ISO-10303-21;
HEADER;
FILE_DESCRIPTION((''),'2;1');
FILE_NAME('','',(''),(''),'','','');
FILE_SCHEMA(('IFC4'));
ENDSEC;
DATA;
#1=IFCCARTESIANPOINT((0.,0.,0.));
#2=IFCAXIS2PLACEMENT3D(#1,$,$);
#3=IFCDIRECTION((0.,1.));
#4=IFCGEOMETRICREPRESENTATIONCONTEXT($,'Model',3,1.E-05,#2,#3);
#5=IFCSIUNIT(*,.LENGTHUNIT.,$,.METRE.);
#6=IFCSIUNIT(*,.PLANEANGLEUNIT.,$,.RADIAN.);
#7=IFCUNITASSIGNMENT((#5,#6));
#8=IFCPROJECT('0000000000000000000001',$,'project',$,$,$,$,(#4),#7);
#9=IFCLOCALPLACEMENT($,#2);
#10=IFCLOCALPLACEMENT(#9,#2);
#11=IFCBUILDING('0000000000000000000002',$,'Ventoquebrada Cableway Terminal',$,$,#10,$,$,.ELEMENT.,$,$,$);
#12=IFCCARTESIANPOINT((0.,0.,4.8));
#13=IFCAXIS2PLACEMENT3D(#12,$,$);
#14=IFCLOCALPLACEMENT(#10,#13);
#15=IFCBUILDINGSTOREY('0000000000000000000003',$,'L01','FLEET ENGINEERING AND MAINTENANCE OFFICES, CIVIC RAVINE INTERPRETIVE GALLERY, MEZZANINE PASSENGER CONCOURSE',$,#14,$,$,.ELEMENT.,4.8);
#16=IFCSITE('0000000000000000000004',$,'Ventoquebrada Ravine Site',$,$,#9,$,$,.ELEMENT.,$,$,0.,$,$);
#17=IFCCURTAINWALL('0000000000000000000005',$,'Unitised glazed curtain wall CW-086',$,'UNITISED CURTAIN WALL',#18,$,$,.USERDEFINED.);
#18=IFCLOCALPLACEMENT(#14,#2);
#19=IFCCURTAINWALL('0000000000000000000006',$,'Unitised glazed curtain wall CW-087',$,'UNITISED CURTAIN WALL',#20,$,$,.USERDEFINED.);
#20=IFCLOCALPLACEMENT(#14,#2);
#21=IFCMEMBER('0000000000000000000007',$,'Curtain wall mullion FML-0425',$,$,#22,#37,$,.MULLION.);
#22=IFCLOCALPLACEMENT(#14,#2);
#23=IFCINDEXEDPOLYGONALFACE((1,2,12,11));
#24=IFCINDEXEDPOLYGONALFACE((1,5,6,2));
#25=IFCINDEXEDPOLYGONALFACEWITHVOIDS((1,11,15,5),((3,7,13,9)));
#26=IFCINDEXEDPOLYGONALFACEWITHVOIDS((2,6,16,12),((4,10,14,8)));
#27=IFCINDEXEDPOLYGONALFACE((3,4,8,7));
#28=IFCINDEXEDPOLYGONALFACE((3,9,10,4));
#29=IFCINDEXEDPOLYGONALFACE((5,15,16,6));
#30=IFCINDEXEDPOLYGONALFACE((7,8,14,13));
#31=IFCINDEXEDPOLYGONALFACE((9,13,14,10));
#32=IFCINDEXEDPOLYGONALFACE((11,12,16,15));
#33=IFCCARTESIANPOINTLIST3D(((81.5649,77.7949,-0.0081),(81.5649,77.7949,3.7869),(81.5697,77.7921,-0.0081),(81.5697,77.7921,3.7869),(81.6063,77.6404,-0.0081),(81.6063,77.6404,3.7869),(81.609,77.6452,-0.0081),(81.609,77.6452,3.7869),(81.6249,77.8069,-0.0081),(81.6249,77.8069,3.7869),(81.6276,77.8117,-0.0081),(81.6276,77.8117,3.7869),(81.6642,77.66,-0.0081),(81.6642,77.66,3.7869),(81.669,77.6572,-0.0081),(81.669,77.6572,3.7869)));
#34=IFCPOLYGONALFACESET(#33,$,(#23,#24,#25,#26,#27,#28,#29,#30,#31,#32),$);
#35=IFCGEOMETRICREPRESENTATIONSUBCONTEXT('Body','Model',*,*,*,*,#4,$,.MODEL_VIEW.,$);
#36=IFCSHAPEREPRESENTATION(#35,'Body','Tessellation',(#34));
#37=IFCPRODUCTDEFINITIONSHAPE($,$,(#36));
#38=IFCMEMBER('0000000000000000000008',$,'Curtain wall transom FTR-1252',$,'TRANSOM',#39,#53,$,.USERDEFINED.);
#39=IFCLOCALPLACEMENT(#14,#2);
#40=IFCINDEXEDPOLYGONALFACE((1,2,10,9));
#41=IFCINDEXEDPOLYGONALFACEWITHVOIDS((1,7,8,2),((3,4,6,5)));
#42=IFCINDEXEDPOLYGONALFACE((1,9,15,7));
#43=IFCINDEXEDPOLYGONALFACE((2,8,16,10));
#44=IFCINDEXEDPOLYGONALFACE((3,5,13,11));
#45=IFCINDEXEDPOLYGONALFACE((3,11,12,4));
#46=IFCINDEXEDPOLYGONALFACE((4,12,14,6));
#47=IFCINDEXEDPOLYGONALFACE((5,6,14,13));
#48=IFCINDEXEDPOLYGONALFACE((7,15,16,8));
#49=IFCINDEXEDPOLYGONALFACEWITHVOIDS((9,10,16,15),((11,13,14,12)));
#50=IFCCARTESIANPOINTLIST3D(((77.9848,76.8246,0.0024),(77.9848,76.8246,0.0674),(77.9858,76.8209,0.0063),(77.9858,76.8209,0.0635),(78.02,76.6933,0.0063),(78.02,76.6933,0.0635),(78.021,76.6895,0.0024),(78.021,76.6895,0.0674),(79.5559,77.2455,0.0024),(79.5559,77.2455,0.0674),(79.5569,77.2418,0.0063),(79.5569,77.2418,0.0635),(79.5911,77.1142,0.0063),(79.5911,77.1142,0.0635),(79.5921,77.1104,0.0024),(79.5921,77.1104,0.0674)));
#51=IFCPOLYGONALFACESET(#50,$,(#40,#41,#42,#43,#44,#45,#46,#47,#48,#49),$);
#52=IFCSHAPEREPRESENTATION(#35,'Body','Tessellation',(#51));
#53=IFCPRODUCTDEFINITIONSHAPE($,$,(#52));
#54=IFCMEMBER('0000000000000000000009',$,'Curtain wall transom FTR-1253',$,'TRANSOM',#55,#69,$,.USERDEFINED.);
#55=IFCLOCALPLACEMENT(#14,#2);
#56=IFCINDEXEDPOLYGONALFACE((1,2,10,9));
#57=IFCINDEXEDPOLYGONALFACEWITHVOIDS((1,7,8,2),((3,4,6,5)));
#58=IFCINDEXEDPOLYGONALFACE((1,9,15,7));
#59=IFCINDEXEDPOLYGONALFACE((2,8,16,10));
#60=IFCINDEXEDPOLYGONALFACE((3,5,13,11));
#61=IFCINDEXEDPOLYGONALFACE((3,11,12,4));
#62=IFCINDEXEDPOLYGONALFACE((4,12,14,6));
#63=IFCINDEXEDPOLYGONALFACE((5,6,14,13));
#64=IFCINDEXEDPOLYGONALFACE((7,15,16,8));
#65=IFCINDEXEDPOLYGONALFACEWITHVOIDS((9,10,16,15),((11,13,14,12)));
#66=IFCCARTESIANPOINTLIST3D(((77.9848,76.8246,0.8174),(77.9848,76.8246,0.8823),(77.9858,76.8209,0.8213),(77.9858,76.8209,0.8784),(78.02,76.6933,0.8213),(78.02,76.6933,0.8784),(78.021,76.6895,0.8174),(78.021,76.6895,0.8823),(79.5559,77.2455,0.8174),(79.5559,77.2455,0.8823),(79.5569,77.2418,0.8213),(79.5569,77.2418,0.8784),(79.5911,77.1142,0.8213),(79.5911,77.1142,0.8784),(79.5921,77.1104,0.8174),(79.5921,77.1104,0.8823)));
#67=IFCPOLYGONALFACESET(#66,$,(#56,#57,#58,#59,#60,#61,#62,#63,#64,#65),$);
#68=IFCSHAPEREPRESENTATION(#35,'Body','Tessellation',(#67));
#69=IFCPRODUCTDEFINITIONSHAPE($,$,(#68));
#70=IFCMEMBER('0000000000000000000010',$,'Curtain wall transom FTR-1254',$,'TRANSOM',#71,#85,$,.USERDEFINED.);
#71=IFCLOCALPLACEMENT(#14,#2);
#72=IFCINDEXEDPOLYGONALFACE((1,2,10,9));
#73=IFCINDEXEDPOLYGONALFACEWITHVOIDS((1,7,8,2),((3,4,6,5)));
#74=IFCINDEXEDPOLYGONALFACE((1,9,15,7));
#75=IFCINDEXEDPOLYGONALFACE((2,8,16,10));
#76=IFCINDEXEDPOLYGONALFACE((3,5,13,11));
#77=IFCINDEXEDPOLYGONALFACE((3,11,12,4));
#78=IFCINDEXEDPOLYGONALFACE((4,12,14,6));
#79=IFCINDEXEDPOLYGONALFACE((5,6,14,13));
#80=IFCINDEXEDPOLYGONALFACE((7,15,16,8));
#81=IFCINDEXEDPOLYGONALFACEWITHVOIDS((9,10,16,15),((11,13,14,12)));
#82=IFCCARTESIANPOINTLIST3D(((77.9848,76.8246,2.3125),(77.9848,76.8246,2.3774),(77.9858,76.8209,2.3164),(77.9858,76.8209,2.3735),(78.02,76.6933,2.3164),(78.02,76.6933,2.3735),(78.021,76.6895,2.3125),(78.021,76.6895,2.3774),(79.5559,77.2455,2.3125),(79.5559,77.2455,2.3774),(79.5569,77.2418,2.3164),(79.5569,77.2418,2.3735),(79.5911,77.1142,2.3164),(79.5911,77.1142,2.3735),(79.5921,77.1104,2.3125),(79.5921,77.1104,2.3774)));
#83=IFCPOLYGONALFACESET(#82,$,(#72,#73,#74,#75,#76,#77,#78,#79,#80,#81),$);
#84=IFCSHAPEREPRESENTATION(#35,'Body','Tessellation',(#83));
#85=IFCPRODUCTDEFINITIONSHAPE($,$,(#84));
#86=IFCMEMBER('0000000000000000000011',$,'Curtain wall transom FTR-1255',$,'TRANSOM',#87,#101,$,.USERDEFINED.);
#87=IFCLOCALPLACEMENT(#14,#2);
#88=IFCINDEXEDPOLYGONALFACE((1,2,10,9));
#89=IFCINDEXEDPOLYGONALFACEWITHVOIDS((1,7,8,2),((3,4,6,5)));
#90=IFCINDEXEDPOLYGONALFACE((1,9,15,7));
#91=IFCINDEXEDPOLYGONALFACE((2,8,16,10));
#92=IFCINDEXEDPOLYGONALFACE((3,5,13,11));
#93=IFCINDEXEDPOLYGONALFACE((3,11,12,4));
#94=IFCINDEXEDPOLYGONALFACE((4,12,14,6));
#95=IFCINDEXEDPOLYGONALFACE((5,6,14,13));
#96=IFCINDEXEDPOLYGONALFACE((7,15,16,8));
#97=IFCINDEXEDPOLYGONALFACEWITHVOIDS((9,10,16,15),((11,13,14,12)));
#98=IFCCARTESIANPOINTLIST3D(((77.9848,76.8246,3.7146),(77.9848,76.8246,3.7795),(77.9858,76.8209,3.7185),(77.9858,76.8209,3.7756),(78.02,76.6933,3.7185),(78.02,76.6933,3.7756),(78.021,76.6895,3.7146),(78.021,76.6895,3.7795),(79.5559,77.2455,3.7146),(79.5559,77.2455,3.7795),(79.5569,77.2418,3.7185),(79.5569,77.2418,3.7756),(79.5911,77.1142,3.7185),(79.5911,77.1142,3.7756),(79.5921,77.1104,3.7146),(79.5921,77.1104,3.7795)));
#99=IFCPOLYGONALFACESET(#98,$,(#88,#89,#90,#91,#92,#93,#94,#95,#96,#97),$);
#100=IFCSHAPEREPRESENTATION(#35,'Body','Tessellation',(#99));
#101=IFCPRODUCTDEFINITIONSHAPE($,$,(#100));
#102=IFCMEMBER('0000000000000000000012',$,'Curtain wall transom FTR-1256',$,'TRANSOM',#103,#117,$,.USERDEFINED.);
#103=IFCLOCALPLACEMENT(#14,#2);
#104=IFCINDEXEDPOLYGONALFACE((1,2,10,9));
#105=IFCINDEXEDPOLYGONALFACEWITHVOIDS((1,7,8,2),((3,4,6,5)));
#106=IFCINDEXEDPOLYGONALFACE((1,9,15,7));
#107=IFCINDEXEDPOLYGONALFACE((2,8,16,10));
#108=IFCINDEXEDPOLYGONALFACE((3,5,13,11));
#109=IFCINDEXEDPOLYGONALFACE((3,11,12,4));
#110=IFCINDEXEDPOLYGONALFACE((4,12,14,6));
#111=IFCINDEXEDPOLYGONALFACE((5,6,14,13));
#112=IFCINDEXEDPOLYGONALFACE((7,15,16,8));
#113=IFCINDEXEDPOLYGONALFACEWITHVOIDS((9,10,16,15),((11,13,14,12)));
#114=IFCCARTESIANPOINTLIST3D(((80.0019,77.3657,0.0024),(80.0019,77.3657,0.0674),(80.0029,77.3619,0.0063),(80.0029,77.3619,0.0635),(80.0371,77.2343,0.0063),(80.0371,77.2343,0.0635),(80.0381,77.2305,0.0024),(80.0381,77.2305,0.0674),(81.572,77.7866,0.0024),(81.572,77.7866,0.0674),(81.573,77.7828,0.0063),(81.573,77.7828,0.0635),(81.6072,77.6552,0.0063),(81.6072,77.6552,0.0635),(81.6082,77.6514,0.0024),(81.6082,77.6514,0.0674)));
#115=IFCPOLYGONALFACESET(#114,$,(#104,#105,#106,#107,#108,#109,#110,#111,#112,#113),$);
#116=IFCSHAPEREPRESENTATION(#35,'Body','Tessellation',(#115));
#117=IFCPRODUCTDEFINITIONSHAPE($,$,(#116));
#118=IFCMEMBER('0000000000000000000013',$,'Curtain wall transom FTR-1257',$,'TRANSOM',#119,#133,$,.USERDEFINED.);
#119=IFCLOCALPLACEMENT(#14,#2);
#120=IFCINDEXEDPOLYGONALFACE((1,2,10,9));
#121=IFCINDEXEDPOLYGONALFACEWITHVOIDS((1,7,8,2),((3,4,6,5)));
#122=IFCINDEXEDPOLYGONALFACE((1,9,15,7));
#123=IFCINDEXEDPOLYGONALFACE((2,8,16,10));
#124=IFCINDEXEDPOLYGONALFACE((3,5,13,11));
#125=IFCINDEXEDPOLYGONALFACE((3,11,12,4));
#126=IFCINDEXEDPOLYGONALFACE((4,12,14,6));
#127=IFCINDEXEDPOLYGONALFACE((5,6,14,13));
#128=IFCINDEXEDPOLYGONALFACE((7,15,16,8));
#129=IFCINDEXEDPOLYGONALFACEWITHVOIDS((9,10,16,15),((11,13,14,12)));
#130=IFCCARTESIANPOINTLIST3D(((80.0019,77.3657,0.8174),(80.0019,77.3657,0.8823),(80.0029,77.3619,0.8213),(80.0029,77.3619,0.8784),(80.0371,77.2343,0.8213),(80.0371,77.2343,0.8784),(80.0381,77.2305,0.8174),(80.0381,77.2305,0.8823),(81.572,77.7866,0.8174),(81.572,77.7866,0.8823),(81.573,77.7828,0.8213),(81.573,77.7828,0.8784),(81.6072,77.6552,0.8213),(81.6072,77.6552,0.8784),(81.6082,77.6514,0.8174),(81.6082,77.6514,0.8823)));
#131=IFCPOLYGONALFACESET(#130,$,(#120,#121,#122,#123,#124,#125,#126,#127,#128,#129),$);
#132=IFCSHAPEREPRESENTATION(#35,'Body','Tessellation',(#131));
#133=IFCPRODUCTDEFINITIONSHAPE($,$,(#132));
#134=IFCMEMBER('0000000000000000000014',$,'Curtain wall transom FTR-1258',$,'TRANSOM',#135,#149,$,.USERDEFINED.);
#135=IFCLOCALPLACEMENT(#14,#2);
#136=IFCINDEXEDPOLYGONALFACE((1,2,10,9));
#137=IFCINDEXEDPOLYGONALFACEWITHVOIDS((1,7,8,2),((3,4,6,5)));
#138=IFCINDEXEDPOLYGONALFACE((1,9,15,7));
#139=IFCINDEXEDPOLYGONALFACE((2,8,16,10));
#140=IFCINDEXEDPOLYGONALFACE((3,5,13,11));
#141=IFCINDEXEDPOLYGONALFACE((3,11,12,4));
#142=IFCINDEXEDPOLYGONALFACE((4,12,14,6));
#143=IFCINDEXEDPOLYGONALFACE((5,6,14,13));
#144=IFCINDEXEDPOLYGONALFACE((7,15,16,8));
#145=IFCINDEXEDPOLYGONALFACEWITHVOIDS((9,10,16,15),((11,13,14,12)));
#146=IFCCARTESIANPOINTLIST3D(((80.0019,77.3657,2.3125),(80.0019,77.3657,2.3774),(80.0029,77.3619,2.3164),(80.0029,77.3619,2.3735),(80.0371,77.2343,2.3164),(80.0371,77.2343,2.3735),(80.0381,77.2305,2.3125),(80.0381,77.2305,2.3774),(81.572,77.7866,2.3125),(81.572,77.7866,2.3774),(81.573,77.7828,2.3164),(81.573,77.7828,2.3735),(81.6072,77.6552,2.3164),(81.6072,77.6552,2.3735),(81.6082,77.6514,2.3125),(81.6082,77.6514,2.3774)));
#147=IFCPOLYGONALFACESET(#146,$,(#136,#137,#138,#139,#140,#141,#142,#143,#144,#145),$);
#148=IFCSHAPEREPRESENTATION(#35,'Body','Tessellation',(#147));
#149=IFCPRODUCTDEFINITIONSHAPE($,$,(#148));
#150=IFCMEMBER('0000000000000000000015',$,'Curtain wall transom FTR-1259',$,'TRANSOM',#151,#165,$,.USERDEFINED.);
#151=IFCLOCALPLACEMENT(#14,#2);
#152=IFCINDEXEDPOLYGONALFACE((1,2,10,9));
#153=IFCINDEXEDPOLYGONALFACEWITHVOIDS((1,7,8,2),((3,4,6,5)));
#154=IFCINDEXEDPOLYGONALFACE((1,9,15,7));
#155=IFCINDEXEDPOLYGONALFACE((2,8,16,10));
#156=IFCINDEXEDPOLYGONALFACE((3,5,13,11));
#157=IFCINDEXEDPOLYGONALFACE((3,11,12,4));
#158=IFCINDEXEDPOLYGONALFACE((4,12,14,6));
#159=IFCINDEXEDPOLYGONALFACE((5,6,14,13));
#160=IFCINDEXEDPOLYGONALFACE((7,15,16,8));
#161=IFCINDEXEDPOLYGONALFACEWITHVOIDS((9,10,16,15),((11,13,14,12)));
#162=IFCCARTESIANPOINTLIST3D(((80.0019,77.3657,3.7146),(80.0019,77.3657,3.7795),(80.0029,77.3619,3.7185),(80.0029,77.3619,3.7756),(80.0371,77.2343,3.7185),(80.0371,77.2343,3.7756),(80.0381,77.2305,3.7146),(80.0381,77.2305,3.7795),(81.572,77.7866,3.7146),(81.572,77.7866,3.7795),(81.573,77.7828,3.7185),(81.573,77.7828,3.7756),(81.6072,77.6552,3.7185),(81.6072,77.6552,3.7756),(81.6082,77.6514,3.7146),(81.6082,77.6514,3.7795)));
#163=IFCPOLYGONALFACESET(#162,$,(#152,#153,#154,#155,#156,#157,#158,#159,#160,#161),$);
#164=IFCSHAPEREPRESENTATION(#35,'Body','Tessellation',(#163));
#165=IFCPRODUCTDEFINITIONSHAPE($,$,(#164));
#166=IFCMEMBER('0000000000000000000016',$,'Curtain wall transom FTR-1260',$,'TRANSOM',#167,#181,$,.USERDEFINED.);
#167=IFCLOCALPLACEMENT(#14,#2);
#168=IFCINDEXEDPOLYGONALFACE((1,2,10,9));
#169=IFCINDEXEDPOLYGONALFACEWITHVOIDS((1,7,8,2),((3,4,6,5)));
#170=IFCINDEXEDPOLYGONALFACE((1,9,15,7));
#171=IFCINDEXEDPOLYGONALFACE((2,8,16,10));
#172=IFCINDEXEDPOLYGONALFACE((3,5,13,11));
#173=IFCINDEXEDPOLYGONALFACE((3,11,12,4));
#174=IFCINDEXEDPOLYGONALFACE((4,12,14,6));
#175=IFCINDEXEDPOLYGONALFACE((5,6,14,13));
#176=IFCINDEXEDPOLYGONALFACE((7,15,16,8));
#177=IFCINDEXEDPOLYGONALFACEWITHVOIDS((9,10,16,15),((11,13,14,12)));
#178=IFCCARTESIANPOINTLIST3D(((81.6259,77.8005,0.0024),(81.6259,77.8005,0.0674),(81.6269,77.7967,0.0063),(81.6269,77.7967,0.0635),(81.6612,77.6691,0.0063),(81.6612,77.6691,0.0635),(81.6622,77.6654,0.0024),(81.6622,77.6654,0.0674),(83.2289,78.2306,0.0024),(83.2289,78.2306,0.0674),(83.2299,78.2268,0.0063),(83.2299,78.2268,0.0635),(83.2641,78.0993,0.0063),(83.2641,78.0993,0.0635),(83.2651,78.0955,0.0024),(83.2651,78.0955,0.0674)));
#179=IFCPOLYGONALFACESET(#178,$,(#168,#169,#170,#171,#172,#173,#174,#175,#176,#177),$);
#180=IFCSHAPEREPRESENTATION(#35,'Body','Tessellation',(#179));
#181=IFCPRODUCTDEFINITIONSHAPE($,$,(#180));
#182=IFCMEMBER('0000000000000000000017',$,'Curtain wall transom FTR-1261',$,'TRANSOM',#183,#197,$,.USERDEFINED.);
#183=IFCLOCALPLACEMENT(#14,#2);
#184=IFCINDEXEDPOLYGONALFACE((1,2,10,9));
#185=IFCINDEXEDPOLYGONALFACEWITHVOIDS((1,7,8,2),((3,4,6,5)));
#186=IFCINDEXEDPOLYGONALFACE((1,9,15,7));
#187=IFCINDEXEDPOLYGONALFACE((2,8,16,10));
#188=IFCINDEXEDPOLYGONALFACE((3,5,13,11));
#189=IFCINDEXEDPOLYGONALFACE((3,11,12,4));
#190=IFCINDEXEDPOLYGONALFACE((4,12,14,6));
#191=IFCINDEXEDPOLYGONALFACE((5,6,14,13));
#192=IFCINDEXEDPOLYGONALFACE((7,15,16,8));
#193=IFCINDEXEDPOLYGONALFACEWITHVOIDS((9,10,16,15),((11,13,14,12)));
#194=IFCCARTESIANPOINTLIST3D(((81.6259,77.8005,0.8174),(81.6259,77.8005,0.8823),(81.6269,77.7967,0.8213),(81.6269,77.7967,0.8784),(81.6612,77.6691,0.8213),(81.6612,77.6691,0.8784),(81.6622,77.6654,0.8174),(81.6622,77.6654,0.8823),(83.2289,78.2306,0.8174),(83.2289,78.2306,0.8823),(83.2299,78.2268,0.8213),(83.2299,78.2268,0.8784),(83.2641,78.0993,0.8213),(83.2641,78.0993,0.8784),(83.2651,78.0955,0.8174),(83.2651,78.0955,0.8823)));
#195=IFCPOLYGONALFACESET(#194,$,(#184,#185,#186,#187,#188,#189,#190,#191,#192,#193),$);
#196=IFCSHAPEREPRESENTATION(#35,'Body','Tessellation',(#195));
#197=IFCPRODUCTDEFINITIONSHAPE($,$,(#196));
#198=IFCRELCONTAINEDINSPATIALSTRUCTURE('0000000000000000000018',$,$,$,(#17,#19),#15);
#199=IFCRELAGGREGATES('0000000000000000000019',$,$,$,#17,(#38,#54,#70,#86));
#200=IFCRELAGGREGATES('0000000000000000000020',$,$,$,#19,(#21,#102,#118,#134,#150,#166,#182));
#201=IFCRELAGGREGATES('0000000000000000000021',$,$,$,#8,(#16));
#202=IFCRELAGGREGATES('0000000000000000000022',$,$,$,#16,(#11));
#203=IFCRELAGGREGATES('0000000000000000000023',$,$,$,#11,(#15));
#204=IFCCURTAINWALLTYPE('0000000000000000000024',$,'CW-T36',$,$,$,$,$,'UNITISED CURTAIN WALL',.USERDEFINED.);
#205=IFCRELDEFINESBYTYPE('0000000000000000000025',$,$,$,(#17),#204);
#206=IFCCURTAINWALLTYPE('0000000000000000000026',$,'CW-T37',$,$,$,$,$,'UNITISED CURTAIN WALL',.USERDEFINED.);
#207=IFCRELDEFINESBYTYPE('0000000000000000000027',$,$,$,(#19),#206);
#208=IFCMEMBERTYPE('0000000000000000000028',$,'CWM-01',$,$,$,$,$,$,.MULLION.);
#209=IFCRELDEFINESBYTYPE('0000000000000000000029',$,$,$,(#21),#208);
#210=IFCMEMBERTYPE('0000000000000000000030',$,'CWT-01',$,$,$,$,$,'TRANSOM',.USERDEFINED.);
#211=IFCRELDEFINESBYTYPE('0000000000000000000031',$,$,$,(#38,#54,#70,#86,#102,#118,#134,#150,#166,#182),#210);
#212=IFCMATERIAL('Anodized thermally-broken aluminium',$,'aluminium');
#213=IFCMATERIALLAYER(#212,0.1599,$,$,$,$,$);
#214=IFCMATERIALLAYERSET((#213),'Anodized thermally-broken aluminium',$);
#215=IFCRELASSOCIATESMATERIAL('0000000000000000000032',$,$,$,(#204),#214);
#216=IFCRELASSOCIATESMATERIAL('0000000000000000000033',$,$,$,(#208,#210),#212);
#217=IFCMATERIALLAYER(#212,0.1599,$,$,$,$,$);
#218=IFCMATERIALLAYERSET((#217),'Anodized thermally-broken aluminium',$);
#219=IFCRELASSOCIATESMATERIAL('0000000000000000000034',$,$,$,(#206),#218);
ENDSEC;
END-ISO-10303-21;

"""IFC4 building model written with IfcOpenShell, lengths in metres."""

from ifc_helpers import new_model, si_unit, direction, frame, origin, origin_2d, place, context, subcontext, project, spatial, hollow_rectangle, extrude, material, layer, layer_set, material_profile, profile_set, type_object, element, aggregate, save


model = new_model("IFC4")

# Units and contexts
model_context = context("Model", 3, precision=1e-05, world=origin(), true_north=direction((0.0, 1.0)))
body_context = subcontext(model_context, "Body", "Model", "MODEL_VIEW")
ifc_project = project(units=[si_unit("LENGTHUNIT", "METRE"), si_unit("PLANEANGLEUNIT", "RADIAN")], contexts=[model_context])

# Site, building, storey
site_placement = place(None, origin())
site = spatial("IfcSite", under=ifc_project, at=site_placement, Name="Ventoquebrada Ravine Site", CompositionType="ELEMENT", RefElevation=0.0)
building_placement = place(site_placement, origin())
building = spatial("IfcBuilding", under=site, at=building_placement, Name="Ventoquebrada Cableway Terminal", CompositionType="ELEMENT")
storey_placement = place(building_placement, frame((0.0, 0.0, 4.8)))
storey = spatial("IfcBuildingStorey", under=building, at=storey_placement, Name="L01", Description="FLEET ENGINEERING AND MAINTENANCE OFFICES, CIVIC RAVINE INTERPRETIVE GALLERY, MEZZANINE PASSENGER CONCOURSE", CompositionType="ELEMENT", Elevation=4.8)

# Curtain walls, member
ifc_material_1 = material(Name="Anodized thermally-broken aluminium", Category="aluminium")
ifc_layer_1 = layer(ifc_material_1, 0.1599)
ifc_layer_set_1 = layer_set([ifc_layer_1], Name="Anodized thermally-broken aluminium")
curtain_wall_type_1 = type_object("IfcCurtainWallType", Name="CW-T36", ElementType="UNITISED CURTAIN WALL", PredefinedType="USERDEFINED", material=ifc_layer_set_1)
curtain_wall_1_placement = place(storey_placement, origin())
curtain_wall_1 = element("IfcCurtainWall", 1, at=curtain_wall_1_placement, inside=storey, type_object=curtain_wall_type_1, Name="Unitised glazed curtain wall CW-086", ObjectType="UNITISED CURTAIN WALL", PredefinedType="USERDEFINED")
ifc_material_profile_1 = material_profile(ifc_material_1, hollow_rectangle(XDim=0.0649, YDim=0.1599, WallThickness=0.0039, at=origin_2d()), Name="CW-MUL-65X160")
ifc_profile_set_1 = profile_set([ifc_material_profile_1], Name="Anodized thermally-broken aluminium")
member_type_1 = type_object("IfcMemberType", Name="CWM-01", PredefinedType="MULLION", material=ifc_profile_set_1)
ifc_layer_2 = layer(ifc_material_1, 0.1599)
ifc_layer_set_2 = layer_set([ifc_layer_2], Name="Anodized thermally-broken aluminium")
curtain_wall_type_2 = type_object("IfcCurtainWallType", Name="CW-T37", ElementType="UNITISED CURTAIN WALL", PredefinedType="USERDEFINED", material=ifc_layer_set_2)
curtain_wall_2_placement = place(storey_placement, origin())
curtain_wall_2 = element("IfcCurtainWall", 2, at=curtain_wall_2_placement, inside=storey, type_object=curtain_wall_type_2, Name="Unitised glazed curtain wall CW-087", ObjectType="UNITISED CURTAIN WALL", PredefinedType="USERDEFINED")
member_1_placement = place(storey_placement, frame((81.6169, 77.7261, -0.0081), z_axis=(0.0, 0.0, 1.0), x_axis=(0.965926, 0.258819, 0.0)))
member_1 = element("IfcMember", 3, at=member_1_placement, type_object=member_type_1, Name="Curtain wall mullion FML-0425", PredefinedType="MULLION", context=body_context, shape_type="SweptSolid", body=[
    extrude(hollow_rectangle(XDim=0.0649, YDim=0.1599, WallThickness=0.0039, at=origin_2d()), origin(), (0.0, 0.0, 1.0), 3.7949),
])

# Members
ifc_material_profile_2 = material_profile(ifc_material_1, hollow_rectangle(XDim=0.0649, YDim=0.1399, WallThickness=0.0039, at=origin_2d()), Name="CW-TRN-65X140")
ifc_profile_set_2 = profile_set([ifc_material_profile_2], Name="Anodized thermally-broken aluminium")
member_type_2 = type_object("IfcMemberType", Name="CWT-01", ElementType="TRANSOM", PredefinedType="USERDEFINED", material=ifc_profile_set_2)
member_2_placement = place(storey_placement, frame((78.0029, 76.7571, 0.0349), z_axis=(0.965935, 0.258784, 0.0), x_axis=(0.0, 0.0, 1.0)))
member_2 = element("IfcMember", 4, at=member_2_placement, type_object=member_type_2, Name="Curtain wall transom FTR-1252", ObjectType="TRANSOM", PredefinedType="USERDEFINED", context=body_context, shape_type="SweptSolid", body=[
    extrude(hollow_rectangle(XDim=0.0649, YDim=0.1399, WallThickness=0.0039, at=origin_2d()), origin(), (0.0, 0.0, 1.0), 1.6265),
])
member_3_placement = place(storey_placement, frame((78.0029, 76.7571, 0.8499), z_axis=(0.965935, 0.258784, 0.0), x_axis=(0.0, 0.0, 1.0)))
member_3 = element("IfcMember", 5, at=member_3_placement, type_object=member_type_2, Name="Curtain wall transom FTR-1253", ObjectType="TRANSOM", PredefinedType="USERDEFINED", context=body_context, shape_type="SweptSolid", body=[
    extrude(hollow_rectangle(XDim=0.0649, YDim=0.1399, WallThickness=0.0039, at=origin_2d()), origin(), (0.0, 0.0, 1.0), 1.6265),
])
member_4_placement = place(storey_placement, frame((78.0029, 76.7571, 2.345), z_axis=(0.965935, 0.258784, 0.0), x_axis=(0.0, 0.0, 1.0)))
member_4 = element("IfcMember", 6, at=member_4_placement, type_object=member_type_2, Name="Curtain wall transom FTR-1254", ObjectType="TRANSOM", PredefinedType="USERDEFINED", context=body_context, shape_type="SweptSolid", body=[
    extrude(hollow_rectangle(XDim=0.0649, YDim=0.1399, WallThickness=0.0039, at=origin_2d()), origin(), (0.0, 0.0, 1.0), 1.6265),
])
member_5_placement = place(storey_placement, frame((78.0029, 76.7571, 3.7471), z_axis=(0.965935, 0.258784, 0.0), x_axis=(0.0, 0.0, 1.0)))
member_5 = element("IfcMember", 7, at=member_5_placement, type_object=member_type_2, Name="Curtain wall transom FTR-1255", ObjectType="TRANSOM", PredefinedType="USERDEFINED", context=body_context, shape_type="SweptSolid", body=[
    extrude(hollow_rectangle(XDim=0.0649, YDim=0.1399, WallThickness=0.0039, at=origin_2d()), origin(), (0.0, 0.0, 1.0), 1.6265),
])
member_6_placement = place(storey_placement, frame((80.02, 77.2981, 0.0349), z_axis=(0.965895, 0.258934, 0.0), x_axis=(0.0, 0.0, 1.0)))
member_6 = element("IfcMember", 8, at=member_6_placement, type_object=member_type_2, Name="Curtain wall transom FTR-1256", ObjectType="TRANSOM", PredefinedType="USERDEFINED", context=body_context, shape_type="SweptSolid", body=[
    extrude(hollow_rectangle(XDim=0.0649, YDim=0.1399, WallThickness=0.0039, at=origin_2d()), origin(), (0.0, 0.0, 1.0), 1.6255),
])
member_7_placement = place(storey_placement, frame((80.02, 77.2981, 0.8499), z_axis=(0.965895, 0.258934, 0.0), x_axis=(0.0, 0.0, 1.0)))
member_7 = element("IfcMember", 9, at=member_7_placement, type_object=member_type_2, Name="Curtain wall transom FTR-1257", ObjectType="TRANSOM", PredefinedType="USERDEFINED", context=body_context, shape_type="SweptSolid", body=[
    extrude(hollow_rectangle(XDim=0.0649, YDim=0.1399, WallThickness=0.0039, at=origin_2d()), origin(), (0.0, 0.0, 1.0), 1.6255),
])
member_8_placement = place(storey_placement, frame((80.02, 77.2981, 2.345), z_axis=(0.965895, 0.258934, 0.0), x_axis=(0.0, 0.0, 1.0)))
member_8 = element("IfcMember", 10, at=member_8_placement, type_object=member_type_2, Name="Curtain wall transom FTR-1258", ObjectType="TRANSOM", PredefinedType="USERDEFINED", context=body_context, shape_type="SweptSolid", body=[
    extrude(hollow_rectangle(XDim=0.0649, YDim=0.1399, WallThickness=0.0039, at=origin_2d()), origin(), (0.0, 0.0, 1.0), 1.6255),
])
member_9_placement = place(storey_placement, frame((80.02, 77.2981, 3.7471), z_axis=(0.965895, 0.258934, 0.0), x_axis=(0.0, 0.0, 1.0)))
member_9 = element("IfcMember", 11, at=member_9_placement, type_object=member_type_2, Name="Curtain wall transom FTR-1259", ObjectType="TRANSOM", PredefinedType="USERDEFINED", context=body_context, shape_type="SweptSolid", body=[
    extrude(hollow_rectangle(XDim=0.0649, YDim=0.1399, WallThickness=0.0039, at=origin_2d()), origin(), (0.0, 0.0, 1.0), 1.6255),
])
member_10_placement = place(storey_placement, frame((81.644, 77.7329, 0.0349), z_axis=(0.965828, 0.259182, 0.0), x_axis=(0.0, 0.0, 1.0)))
member_10 = element("IfcMember", 12, at=member_10_placement, type_object=member_type_2, Name="Curtain wall transom FTR-1260", ObjectType="TRANSOM", PredefinedType="USERDEFINED", context=body_context, shape_type="SweptSolid", body=[
    extrude(hollow_rectangle(XDim=0.0649, YDim=0.1399, WallThickness=0.0039, at=origin_2d()), origin(), (0.0, 0.0, 1.0), 1.6597),
])
member_11_placement = place(storey_placement, frame((81.644, 77.7329, 0.8499), z_axis=(0.965828, 0.259182, 0.0), x_axis=(0.0, 0.0, 1.0)))
member_11 = element("IfcMember", 13, at=member_11_placement, type_object=member_type_2, Name="Curtain wall transom FTR-1261", ObjectType="TRANSOM", PredefinedType="USERDEFINED", context=body_context, shape_type="SweptSolid", body=[
    extrude(hollow_rectangle(XDim=0.0649, YDim=0.1399, WallThickness=0.0039, at=origin_2d()), origin(), (0.0, 0.0, 1.0), 1.6597),
])

aggregate(curtain_wall_1, [member_2, member_3, member_4, member_5])
aggregate(curtain_wall_2, [member_1, member_6, member_7, member_8, member_9, member_10, member_11])

save(model, "model.ifc")
